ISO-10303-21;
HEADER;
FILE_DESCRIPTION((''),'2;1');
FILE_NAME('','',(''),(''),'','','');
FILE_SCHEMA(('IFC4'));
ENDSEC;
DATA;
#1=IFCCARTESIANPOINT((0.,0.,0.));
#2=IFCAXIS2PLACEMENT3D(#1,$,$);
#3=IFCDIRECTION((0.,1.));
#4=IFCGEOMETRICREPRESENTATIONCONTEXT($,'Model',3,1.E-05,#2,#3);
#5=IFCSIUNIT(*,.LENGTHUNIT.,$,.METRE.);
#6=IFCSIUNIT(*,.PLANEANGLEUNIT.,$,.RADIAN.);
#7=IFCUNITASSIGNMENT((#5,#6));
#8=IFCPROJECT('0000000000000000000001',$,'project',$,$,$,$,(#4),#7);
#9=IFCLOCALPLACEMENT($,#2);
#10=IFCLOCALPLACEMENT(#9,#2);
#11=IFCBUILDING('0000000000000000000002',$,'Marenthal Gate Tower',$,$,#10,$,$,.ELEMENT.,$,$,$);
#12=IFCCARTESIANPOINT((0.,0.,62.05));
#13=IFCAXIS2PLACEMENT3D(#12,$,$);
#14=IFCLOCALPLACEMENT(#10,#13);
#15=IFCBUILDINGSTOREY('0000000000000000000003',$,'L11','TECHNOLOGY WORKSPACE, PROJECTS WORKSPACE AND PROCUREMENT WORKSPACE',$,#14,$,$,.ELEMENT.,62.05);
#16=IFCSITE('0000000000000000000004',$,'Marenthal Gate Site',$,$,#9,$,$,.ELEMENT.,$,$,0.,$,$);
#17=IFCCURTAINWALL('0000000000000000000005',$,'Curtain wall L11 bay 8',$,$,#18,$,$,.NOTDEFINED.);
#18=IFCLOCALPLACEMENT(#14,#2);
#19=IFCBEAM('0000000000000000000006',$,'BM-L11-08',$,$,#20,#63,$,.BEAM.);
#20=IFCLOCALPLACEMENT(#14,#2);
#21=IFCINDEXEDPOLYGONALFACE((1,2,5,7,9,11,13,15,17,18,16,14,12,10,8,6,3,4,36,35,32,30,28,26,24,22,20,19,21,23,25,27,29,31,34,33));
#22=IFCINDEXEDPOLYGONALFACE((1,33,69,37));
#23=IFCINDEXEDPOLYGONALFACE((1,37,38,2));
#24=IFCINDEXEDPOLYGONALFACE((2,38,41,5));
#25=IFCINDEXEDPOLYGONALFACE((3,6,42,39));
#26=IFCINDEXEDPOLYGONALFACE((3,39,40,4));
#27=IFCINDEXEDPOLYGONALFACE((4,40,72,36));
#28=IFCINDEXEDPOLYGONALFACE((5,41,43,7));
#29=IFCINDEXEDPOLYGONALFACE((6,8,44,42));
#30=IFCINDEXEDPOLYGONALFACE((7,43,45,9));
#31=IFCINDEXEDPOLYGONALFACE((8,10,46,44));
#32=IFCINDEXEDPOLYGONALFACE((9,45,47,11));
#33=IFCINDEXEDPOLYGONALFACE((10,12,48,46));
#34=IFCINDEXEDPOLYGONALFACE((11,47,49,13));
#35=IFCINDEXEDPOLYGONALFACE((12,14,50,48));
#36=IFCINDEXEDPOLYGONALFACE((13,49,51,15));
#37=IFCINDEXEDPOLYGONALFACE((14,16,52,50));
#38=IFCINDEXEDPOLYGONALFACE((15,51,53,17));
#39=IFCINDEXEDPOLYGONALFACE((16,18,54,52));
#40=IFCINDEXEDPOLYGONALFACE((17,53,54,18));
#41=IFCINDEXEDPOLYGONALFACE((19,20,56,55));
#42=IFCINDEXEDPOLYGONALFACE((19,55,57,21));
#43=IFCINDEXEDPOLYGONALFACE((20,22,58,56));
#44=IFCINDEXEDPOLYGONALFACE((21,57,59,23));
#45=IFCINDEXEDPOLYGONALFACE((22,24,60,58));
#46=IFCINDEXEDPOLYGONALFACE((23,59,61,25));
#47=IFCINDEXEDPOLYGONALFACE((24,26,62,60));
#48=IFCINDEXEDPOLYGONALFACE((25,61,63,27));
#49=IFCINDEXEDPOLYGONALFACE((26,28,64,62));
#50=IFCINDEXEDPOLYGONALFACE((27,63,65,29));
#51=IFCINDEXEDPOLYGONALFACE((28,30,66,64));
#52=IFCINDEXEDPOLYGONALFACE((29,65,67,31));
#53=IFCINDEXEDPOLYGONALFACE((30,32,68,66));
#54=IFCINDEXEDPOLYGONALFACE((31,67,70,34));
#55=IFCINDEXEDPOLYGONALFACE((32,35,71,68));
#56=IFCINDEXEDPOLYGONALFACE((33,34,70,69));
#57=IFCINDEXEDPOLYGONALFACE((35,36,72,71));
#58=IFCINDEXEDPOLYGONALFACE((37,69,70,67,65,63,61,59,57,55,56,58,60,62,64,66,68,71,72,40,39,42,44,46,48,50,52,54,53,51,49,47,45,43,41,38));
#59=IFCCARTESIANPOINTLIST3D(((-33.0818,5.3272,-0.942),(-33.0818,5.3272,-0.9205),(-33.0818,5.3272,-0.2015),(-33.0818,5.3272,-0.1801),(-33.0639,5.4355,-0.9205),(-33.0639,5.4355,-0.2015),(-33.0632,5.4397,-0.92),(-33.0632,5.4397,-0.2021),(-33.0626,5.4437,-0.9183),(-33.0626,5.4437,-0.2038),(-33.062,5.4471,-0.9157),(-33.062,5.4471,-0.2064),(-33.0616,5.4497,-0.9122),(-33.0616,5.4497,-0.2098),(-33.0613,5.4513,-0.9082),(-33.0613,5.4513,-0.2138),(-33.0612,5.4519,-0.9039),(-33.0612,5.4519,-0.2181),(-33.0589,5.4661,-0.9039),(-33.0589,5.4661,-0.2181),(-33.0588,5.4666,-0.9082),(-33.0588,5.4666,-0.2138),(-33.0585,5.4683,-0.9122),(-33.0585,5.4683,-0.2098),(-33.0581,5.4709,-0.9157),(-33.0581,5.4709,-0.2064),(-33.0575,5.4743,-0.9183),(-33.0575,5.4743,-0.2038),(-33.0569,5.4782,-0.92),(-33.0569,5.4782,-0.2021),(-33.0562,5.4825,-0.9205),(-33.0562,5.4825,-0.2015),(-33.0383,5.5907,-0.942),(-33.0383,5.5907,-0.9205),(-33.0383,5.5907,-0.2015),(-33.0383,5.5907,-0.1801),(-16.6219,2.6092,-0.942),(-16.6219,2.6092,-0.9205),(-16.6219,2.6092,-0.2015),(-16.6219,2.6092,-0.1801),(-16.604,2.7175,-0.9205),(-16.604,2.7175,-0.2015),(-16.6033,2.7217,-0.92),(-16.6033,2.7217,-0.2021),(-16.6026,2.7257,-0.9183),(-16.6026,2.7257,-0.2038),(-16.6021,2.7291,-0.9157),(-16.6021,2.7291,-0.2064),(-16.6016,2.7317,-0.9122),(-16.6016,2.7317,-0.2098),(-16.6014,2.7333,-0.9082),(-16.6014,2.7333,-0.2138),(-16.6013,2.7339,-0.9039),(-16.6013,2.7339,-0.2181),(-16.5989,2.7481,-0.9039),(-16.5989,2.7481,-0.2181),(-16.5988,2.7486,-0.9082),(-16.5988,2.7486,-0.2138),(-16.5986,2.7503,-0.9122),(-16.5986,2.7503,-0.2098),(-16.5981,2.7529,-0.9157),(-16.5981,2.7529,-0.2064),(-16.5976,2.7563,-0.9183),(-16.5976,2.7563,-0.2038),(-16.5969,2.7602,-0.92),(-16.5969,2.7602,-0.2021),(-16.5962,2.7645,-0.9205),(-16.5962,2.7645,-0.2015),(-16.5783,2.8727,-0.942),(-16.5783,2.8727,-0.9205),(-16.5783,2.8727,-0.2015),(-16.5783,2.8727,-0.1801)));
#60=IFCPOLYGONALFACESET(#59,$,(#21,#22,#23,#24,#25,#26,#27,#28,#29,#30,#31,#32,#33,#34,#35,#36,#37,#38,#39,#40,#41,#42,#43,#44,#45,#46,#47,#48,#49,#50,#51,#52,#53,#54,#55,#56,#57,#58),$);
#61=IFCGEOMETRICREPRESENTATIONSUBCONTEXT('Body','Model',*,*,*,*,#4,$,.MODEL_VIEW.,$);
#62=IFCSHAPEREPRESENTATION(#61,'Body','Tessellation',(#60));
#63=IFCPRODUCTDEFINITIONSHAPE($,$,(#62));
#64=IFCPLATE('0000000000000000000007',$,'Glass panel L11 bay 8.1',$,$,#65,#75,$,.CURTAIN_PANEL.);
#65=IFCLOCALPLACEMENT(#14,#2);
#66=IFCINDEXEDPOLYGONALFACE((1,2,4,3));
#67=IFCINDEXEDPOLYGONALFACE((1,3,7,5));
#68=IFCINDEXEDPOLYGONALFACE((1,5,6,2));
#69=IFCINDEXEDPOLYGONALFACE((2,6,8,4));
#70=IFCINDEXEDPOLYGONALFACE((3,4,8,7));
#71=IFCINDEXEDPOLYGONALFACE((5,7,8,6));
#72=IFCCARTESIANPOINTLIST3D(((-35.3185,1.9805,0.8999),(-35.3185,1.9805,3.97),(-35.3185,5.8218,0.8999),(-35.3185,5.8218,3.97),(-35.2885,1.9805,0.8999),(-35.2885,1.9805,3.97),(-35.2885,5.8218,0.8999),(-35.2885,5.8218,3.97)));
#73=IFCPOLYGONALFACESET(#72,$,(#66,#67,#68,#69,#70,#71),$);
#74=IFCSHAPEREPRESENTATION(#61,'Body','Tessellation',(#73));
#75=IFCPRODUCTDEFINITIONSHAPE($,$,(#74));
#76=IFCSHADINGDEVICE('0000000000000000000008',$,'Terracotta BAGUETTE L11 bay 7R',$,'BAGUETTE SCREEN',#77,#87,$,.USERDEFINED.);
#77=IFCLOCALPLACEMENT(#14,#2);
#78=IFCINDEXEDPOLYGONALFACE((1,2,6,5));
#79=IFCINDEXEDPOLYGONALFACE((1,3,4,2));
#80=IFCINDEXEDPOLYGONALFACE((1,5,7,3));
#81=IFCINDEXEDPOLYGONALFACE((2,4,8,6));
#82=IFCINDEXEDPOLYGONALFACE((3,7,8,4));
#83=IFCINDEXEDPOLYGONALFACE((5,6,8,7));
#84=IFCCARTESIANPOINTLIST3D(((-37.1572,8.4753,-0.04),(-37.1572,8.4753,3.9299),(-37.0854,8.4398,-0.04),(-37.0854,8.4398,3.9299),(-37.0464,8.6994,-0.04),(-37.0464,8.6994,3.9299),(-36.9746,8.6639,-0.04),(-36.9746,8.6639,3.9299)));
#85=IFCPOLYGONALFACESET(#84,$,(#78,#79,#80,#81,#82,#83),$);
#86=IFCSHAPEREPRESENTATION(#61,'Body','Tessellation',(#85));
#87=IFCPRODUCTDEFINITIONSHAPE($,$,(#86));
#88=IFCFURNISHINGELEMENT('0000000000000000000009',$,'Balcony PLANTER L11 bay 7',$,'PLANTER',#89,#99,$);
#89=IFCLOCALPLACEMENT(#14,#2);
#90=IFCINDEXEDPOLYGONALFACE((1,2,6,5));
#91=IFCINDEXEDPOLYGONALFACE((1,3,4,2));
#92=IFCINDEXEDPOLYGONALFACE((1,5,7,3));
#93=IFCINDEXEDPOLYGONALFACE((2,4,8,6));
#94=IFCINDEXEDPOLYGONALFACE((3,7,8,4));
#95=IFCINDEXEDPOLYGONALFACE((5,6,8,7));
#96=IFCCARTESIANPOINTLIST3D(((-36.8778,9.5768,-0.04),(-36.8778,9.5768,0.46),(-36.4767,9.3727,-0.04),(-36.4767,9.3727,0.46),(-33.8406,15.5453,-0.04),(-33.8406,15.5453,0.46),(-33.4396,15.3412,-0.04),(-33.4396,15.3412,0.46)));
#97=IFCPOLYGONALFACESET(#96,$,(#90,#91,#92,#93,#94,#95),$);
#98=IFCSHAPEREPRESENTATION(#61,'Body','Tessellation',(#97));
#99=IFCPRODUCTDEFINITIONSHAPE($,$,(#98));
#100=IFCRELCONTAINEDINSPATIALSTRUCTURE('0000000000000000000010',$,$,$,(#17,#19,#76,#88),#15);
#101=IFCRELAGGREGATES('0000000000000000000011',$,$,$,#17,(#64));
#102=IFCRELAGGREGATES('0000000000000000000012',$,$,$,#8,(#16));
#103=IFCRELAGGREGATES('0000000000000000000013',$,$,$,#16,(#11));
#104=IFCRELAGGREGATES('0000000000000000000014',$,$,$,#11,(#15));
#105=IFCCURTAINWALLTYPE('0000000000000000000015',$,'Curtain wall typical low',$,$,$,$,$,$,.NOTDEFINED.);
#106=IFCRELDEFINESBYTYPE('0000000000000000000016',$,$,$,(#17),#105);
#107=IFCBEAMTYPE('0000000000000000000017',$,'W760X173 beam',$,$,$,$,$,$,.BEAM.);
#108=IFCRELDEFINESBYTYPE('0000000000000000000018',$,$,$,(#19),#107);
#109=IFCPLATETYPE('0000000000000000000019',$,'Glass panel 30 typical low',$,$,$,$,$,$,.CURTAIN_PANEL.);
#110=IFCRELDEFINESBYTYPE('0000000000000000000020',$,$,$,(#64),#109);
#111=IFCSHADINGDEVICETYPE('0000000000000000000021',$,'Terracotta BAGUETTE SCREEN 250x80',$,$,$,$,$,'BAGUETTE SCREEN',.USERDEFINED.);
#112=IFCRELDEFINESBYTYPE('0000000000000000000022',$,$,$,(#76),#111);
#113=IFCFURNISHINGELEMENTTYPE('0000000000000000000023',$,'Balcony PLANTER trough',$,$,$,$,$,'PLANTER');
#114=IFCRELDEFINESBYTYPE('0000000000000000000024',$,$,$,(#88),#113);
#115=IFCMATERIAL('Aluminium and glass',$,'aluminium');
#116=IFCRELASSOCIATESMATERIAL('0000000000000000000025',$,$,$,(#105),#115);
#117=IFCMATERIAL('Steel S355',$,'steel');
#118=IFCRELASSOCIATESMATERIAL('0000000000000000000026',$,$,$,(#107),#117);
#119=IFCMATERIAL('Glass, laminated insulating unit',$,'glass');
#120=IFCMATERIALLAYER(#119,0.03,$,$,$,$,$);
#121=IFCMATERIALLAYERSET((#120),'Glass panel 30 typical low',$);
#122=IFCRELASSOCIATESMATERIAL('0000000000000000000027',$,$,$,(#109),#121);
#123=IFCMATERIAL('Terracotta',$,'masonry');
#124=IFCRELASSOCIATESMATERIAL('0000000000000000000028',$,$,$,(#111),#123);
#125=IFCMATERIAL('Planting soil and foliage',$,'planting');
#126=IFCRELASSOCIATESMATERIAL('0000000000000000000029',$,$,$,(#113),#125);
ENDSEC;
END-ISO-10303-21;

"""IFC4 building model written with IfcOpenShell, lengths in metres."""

from ifc_helpers import new_model, si_unit, direction, frame, origin, origin_2d, place, context, subcontext, project, spatial, rectangle, i_section, extrude, material, layer, layer_set, material_profile, profile_set, type_object, element, aggregate, save


model = new_model("IFC4")

# Units and contexts
model_context = context("Model", 3, precision=1e-05, world=origin(), true_north=direction((0.0, 1.0)))
body_context = subcontext(model_context, "Body", "Model", "MODEL_VIEW")
ifc_project = project(units=[si_unit("LENGTHUNIT", "METRE"), si_unit("PLANEANGLEUNIT", "RADIAN")], contexts=[model_context])

# Site, building, storey
site_placement = place(None, origin())
site = spatial("IfcSite", under=ifc_project, at=site_placement, Name="Marenthal Gate Site", CompositionType="ELEMENT", RefElevation=0.0)
building_placement = place(site_placement, origin())
building = spatial("IfcBuilding", under=site, at=building_placement, Name="Marenthal Gate Tower", CompositionType="ELEMENT")
storey_placement = place(building_placement, frame((0.0, 0.0, 62.05)))
storey = spatial("IfcBuildingStorey", under=building, at=storey_placement, Name="L11", Description="TECHNOLOGY WORKSPACE, PROJECTS WORKSPACE AND PROCUREMENT WORKSPACE", CompositionType="ELEMENT", Elevation=62.05)

# Curtain wall
ifc_material_1 = material(Name="Aluminium and glass", Category="aluminium")
curtain_wall_type = type_object("IfcCurtainWallType", Name="Curtain wall typical low", PredefinedType="NOTDEFINED", material=ifc_material_1)
curtain_wall_placement = place(storey_placement, origin())
curtain_wall = element("IfcCurtainWall", 1, at=curtain_wall_placement, inside=storey, type_object=curtain_wall_type, Name="Curtain wall L11 bay 8", PredefinedType="NOTDEFINED")

# Beam
ifc_material_2 = material(Name="Steel S355", Category="steel")
ifc_material_profile_1 = material_profile(ifc_material_2, i_section(OverallWidth=0.2671, OverallDepth=0.762, WebThickness=0.0144, FlangeThickness=0.0215, FilletRadius=0.0166, at=origin_2d()), Name="W760X173")
ifc_profile_set_1 = profile_set([ifc_material_profile_1], Name="Steel S355")
beam_type_1 = type_object("IfcBeamType", Name="W760X173 beam", PredefinedType="BEAM", material=ifc_profile_set_1)
beam_1_placement = place(storey_placement, frame((-33.0601, 5.459, -0.561), z_axis=(0.986639, -0.162923, 0.0), x_axis=(0.162923, 0.986639, 0.0)))
element("IfcBeam", 2, at=beam_1_placement, inside=storey, type_object=beam_type_1, Name="BM-L11-08", PredefinedType="BEAM", context=body_context, shape_type="SweptSolid", body=[
    extrude(i_section(OverallWidth=0.2671, OverallDepth=0.762, WebThickness=0.0144, FlangeThickness=0.0215, FilletRadius=0.0166, at=origin_2d()), origin(), (0.0, 0.0, 1.0), 16.6829),
])

# Plate
ifc_material_3 = material(Name="Glass, laminated insulating unit", Category="glass")
ifc_layer = layer(ifc_material_3, 0.03)
ifc_layer_set = layer_set([ifc_layer], Name="Glass panel 30 typical low")
plate_type = type_object("IfcPlateType", Name="Glass panel 30 typical low", PredefinedType="CURTAIN_PANEL", material=ifc_layer_set)
plate_placement = place(storey_placement, frame((-35.3035, 3.9011, 0.8999), z_axis=(0.0, 0.0, 1.0), x_axis=(0.0, -1.0, 0.0)))
plate = element("IfcPlate", 3, at=plate_placement, type_object=plate_type, Name="Glass panel L11 bay 8.1", PredefinedType="CURTAIN_PANEL", context=body_context, shape_type="SweptSolid", body=[
    extrude(rectangle(XDim=3.8413, YDim=0.03, at=origin_2d()), origin(), (0.0, 0.0, 1.0), 3.0701),
])
aggregate(curtain_wall, [plate])

# Shading device
ifc_material_4 = material(Name="Terracotta", Category="masonry")
ifc_material_profile_2 = material_profile(ifc_material_4, rectangle(XDim=0.25, YDim=0.0801, at=origin_2d()), Name="Terracotta baguette 250x80")
ifc_profile_set_2 = profile_set([ifc_material_profile_2], Name="Terracotta")
shading_device_type = type_object("IfcShadingDeviceType", Name="Terracotta BAGUETTE SCREEN 250x80", ElementType="BAGUETTE SCREEN", PredefinedType="USERDEFINED", material=ifc_profile_set_2)
shading_device_placement = place(storey_placement, frame((-37.0659, 8.5696, -0.04), z_axis=(0.0, 0.0, 1.0), x_axis=(-0.442993, -0.896525, 0.0)))
element("IfcShadingDevice", 4, at=shading_device_placement, inside=storey, type_object=shading_device_type, Name="Terracotta BAGUETTE L11 bay 7R", ObjectType="BAGUETTE SCREEN", PredefinedType="USERDEFINED", context=body_context, shape_type="SweptSolid", body=[
    extrude(rectangle(XDim=0.25, YDim=0.0801, at=origin_2d()), origin(), (0.0, 0.0, 1.0), 3.97),
])

# Furnishing element
ifc_material_5 = material(Name="Planting soil and foliage", Category="planting")
furnishing_element_type = type_object("IfcFurnishingElementType", Name="Balcony PLANTER trough", ElementType="PLANTER", material=ifc_material_5)
furnishing_placement = place(storey_placement, frame((-35.1587, 12.459, -0.04), z_axis=(0.0, 0.0, 1.0), x_axis=(-0.453518, -0.891247, 0.0)))
element("IfcFurnishingElement", 5, at=furnishing_placement, inside=storey, type_object=furnishing_element_type, Name="Balcony PLANTER L11 bay 7", ObjectType="PLANTER", context=body_context, shape_type="SweptSolid", body=[
    extrude(rectangle(XDim=6.6968, YDim=0.45, at=origin_2d()), origin(), (0.0, 0.0, 1.0), 0.5),
])

save(model, "model.ifc")
